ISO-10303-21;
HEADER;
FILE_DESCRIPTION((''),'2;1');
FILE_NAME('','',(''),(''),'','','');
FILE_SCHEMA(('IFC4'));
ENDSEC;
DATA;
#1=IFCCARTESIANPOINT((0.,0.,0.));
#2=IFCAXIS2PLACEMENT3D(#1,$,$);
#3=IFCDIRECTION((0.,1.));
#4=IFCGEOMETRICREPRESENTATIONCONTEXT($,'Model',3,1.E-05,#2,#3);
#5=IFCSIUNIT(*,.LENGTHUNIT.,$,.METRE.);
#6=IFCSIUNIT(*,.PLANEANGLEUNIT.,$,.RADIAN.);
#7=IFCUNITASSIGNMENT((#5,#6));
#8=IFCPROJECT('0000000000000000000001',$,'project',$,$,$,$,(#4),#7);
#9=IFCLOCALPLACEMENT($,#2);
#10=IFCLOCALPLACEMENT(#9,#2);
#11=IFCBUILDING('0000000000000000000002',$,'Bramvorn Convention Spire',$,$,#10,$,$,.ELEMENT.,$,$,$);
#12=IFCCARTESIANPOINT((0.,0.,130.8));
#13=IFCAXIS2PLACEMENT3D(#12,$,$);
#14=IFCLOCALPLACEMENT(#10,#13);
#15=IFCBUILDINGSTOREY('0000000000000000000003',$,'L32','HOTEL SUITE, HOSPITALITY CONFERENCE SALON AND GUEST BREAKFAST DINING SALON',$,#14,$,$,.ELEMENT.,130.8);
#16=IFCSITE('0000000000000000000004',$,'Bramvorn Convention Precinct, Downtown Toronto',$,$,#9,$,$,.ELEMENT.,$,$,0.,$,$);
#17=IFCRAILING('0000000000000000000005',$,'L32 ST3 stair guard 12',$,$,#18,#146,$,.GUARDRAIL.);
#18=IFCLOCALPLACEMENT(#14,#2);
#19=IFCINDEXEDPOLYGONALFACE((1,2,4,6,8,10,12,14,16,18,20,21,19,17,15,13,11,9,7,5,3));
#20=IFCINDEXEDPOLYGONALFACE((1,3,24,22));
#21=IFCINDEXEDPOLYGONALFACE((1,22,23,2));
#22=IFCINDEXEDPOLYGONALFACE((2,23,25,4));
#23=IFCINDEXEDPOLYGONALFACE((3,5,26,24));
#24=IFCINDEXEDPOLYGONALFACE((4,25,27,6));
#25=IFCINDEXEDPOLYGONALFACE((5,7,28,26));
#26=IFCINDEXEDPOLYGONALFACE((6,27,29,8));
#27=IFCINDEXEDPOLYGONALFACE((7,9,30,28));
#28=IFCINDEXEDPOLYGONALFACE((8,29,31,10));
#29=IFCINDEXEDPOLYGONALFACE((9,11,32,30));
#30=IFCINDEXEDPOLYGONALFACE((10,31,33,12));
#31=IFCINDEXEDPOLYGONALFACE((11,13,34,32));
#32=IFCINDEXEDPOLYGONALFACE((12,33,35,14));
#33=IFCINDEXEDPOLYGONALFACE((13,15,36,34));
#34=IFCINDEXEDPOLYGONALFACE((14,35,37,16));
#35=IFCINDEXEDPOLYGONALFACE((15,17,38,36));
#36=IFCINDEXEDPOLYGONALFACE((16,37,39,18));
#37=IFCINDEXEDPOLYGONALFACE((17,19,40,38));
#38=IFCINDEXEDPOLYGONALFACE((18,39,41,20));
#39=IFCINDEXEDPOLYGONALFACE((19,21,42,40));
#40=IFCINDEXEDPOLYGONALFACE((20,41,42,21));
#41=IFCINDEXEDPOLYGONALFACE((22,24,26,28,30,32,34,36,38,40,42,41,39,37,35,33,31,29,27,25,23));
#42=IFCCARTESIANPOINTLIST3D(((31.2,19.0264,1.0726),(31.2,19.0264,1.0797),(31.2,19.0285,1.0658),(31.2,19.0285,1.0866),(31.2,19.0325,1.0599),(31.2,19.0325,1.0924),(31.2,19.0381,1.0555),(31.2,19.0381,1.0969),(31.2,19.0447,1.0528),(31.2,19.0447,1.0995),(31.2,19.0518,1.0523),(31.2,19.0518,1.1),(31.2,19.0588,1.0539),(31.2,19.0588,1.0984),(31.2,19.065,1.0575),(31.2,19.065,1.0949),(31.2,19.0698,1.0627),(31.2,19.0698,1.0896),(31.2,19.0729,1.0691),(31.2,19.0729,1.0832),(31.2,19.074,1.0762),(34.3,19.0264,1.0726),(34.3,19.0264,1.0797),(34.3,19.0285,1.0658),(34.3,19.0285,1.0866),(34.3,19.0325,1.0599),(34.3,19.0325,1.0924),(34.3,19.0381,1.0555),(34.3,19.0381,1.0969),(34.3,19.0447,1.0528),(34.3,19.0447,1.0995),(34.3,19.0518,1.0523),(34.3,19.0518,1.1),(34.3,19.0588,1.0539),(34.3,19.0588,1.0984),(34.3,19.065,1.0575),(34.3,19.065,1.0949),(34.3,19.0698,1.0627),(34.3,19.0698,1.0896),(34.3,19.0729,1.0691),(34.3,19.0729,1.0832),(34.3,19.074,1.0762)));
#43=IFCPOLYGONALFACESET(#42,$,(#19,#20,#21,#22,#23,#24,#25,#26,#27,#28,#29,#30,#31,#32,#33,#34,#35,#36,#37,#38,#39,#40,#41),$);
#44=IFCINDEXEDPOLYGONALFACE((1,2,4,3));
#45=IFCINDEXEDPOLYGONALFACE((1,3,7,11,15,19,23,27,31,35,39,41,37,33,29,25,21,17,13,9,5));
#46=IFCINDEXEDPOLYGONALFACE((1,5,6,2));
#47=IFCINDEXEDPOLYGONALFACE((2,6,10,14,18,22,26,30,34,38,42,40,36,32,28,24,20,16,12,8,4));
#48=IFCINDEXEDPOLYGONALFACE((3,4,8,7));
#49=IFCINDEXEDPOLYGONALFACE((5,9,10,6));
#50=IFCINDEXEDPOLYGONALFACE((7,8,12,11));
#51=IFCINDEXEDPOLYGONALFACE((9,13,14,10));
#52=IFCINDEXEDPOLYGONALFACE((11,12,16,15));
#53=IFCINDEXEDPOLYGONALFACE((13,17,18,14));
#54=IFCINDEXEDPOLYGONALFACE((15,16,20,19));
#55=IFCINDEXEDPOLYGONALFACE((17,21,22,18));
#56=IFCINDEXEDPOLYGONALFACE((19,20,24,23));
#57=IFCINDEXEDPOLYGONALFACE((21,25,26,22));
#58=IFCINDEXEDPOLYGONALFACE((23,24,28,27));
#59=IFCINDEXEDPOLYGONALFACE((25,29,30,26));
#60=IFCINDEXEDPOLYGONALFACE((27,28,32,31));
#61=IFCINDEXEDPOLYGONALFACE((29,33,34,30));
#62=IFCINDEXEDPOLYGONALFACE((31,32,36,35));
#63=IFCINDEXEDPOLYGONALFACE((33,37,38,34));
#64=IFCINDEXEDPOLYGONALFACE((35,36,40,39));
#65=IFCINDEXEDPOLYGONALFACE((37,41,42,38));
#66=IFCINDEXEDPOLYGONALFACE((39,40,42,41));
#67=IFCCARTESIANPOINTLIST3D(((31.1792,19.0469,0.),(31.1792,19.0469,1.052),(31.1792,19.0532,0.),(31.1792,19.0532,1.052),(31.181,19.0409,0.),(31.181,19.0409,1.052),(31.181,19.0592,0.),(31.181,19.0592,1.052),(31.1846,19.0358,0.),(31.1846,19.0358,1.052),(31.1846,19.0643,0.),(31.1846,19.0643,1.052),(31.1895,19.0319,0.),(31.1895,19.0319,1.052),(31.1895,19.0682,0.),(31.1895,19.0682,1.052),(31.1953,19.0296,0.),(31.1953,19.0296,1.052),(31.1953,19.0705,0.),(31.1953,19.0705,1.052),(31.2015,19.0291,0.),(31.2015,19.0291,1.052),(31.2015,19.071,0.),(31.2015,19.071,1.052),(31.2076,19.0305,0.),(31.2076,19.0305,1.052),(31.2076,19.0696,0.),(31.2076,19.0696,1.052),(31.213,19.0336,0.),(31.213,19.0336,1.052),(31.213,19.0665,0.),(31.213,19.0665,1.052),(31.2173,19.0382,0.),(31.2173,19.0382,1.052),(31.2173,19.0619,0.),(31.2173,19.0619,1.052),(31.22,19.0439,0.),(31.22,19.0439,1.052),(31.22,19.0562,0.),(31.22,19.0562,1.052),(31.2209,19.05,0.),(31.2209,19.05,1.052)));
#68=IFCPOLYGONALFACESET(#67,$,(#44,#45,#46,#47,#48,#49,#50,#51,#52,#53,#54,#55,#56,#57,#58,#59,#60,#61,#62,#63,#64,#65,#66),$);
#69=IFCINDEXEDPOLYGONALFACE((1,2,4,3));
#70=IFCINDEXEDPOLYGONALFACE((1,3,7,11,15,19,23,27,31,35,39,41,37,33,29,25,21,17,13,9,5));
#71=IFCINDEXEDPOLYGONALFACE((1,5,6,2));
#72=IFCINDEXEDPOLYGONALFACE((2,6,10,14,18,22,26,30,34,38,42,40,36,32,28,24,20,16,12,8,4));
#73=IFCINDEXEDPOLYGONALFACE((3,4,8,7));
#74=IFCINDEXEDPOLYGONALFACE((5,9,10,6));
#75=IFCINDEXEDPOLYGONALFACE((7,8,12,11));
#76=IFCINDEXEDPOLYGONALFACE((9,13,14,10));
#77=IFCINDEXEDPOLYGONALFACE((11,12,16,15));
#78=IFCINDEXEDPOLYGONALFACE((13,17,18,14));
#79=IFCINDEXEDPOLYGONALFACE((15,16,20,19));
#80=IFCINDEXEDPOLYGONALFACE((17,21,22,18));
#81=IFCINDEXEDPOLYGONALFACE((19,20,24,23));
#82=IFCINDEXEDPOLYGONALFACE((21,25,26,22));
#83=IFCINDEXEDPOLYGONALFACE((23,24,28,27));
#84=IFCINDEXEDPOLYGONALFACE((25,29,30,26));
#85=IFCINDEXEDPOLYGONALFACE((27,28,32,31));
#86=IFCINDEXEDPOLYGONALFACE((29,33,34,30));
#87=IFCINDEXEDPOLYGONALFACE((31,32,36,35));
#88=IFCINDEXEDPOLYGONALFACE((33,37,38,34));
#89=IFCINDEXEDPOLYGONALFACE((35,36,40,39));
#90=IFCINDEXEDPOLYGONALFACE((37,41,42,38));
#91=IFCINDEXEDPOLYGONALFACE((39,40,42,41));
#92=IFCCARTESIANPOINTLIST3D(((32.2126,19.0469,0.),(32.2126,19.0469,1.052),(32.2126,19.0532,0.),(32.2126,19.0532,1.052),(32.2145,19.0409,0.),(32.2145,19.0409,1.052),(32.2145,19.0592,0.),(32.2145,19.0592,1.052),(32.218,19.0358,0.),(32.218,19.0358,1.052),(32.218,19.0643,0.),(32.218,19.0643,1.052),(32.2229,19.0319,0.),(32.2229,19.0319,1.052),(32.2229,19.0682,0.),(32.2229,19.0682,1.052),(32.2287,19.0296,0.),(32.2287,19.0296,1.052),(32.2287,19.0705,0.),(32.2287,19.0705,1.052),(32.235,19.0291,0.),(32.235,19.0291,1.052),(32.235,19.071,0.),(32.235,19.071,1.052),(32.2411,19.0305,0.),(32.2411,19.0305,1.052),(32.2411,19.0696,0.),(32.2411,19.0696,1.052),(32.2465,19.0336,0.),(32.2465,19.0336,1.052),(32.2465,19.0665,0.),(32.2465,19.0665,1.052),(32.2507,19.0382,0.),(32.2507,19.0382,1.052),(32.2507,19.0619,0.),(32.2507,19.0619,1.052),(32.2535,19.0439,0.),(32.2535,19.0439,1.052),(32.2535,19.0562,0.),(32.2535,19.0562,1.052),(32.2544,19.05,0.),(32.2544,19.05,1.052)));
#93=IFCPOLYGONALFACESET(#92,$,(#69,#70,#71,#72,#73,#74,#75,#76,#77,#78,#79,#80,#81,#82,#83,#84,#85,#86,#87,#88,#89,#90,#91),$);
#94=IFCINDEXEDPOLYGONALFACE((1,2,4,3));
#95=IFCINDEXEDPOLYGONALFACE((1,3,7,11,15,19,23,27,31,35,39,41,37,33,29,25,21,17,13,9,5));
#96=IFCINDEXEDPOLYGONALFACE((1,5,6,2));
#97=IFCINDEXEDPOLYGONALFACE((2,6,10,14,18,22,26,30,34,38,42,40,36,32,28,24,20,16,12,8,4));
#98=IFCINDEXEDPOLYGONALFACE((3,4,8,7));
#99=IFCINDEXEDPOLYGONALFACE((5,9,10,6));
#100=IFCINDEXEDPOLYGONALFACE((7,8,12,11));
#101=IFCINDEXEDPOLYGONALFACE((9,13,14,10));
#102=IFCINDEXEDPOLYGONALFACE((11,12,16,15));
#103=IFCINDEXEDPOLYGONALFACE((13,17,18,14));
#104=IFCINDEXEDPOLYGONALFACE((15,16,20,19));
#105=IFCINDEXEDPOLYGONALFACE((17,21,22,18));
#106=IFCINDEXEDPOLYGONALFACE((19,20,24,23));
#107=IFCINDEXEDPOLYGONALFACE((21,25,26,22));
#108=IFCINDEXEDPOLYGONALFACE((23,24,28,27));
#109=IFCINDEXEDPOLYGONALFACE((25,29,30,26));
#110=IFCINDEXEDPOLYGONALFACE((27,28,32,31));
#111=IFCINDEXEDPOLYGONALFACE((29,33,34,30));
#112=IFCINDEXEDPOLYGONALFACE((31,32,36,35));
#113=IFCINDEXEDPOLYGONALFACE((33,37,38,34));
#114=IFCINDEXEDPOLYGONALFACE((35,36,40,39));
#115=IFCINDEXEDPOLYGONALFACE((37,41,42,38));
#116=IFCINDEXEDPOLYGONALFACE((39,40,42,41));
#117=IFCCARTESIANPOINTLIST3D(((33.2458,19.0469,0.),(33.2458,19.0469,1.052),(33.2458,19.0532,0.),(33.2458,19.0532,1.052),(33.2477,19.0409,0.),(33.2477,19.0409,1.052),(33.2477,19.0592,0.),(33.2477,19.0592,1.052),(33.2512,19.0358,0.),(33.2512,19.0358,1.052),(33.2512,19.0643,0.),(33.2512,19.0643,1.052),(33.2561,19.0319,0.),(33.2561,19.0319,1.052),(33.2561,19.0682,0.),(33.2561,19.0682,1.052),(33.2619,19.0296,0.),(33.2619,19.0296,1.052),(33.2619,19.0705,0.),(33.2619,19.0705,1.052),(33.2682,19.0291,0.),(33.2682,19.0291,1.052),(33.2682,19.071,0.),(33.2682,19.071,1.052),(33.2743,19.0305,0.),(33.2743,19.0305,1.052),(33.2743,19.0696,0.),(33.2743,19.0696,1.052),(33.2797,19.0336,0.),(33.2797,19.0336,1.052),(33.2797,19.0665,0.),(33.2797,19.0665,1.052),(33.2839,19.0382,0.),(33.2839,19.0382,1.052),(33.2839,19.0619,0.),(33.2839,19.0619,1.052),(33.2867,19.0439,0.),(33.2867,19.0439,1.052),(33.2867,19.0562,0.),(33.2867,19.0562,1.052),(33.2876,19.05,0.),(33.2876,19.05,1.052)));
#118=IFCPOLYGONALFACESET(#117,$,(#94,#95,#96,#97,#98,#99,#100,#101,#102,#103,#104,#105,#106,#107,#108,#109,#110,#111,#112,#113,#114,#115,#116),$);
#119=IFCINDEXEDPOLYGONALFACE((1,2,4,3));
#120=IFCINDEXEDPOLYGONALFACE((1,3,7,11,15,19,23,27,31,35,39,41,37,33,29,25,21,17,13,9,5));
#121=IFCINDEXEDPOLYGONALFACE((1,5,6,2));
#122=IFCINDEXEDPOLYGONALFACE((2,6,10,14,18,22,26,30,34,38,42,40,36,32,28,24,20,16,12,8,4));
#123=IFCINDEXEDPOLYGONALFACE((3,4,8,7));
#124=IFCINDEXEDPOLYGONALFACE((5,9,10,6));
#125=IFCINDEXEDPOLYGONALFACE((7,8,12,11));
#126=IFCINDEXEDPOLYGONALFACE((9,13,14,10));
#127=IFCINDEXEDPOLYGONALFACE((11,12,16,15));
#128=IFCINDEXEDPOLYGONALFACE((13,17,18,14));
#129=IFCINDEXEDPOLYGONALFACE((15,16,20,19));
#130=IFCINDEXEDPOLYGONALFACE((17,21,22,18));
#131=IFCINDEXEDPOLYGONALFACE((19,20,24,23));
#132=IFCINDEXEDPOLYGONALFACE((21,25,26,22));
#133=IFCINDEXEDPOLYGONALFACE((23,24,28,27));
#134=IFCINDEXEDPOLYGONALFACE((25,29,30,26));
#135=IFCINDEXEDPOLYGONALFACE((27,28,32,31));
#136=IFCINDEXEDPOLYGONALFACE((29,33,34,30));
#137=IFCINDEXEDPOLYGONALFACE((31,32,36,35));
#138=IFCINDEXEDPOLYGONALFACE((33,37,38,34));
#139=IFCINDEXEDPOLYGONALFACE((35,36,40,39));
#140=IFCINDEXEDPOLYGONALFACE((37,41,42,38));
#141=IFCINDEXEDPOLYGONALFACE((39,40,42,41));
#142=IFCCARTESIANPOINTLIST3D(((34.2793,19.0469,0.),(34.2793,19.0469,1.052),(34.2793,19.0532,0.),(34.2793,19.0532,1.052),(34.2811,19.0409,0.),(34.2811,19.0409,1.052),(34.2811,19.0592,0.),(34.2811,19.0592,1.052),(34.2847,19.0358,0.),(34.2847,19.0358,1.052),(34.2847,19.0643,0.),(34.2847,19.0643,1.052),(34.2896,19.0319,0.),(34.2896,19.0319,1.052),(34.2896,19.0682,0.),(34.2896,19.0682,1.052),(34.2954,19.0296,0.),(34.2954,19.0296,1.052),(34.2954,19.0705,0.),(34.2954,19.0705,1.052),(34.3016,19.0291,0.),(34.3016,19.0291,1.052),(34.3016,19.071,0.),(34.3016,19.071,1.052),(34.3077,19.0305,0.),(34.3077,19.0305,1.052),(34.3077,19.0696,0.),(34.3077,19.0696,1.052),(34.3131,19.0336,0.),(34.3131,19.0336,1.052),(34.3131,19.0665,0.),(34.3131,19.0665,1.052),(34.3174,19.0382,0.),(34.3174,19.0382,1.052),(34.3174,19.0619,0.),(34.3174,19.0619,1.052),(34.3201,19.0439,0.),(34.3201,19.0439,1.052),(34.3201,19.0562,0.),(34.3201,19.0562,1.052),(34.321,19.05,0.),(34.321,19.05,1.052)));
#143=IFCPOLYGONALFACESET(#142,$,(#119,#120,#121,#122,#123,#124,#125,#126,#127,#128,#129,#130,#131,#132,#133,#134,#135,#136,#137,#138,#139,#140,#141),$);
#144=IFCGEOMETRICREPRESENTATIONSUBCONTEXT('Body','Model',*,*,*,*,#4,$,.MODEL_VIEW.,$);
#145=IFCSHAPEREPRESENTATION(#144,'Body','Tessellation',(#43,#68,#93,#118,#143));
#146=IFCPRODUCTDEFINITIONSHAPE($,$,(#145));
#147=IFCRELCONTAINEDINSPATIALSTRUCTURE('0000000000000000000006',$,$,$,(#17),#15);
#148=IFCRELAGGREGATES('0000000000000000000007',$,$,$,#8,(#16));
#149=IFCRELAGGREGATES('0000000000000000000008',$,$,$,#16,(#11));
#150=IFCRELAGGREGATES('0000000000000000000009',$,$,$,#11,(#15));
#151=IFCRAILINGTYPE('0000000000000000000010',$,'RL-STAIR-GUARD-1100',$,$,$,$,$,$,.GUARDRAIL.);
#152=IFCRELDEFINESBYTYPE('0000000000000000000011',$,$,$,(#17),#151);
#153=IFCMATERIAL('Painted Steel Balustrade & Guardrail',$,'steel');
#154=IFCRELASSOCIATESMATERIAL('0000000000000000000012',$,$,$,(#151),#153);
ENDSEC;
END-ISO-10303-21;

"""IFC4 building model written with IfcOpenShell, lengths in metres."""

from ifc_helpers import new_model, si_unit, direction, frame, origin, origin_2d, place, context, subcontext, project, spatial, circle, extrude, material, type_object, element, save


model = new_model("IFC4")

# Units and contexts
model_context = context("Model", 3, precision=1e-05, world=origin(), true_north=direction((0.0, 1.0)))
body_context = subcontext(model_context, "Body", "Model", "MODEL_VIEW")
ifc_project = project(units=[si_unit("LENGTHUNIT", "METRE"), si_unit("PLANEANGLEUNIT", "RADIAN")], contexts=[model_context])

# Site, building, storey
site_placement = place(None, origin())
site = spatial("IfcSite", under=ifc_project, at=site_placement, Name="Bramvorn Convention Precinct, Downtown Toronto", CompositionType="ELEMENT", RefElevation=0.0)
building_placement = place(site_placement, origin())
building = spatial("IfcBuilding", under=site, at=building_placement, Name="Bramvorn Convention Spire", CompositionType="ELEMENT")
storey_placement = place(building_placement, frame((0.0, 0.0, 130.8)))
storey = spatial("IfcBuildingStorey", under=building, at=storey_placement, Name="L32", Description="HOTEL SUITE, HOSPITALITY CONFERENCE SALON AND GUEST BREAKFAST DINING SALON", CompositionType="ELEMENT", Elevation=130.8)

# Railing
ifc_material_1 = material(Name="Painted Steel Balustrade & Guardrail", Category="steel")
railing_type_1 = type_object("IfcRailingType", Name="RL-STAIR-GUARD-1100", PredefinedType="GUARDRAIL", material=ifc_material_1)
railing_1_placement = place(storey_placement, frame((31.2, 19.05, 0.0)))
element("IfcRailing", 1, at=railing_1_placement, inside=storey, type_object=railing_type_1, Name="L32 ST3 stair guard 12", PredefinedType="GUARDRAIL", context=body_context, shape_type="SweptSolid", body=[
    extrude(circle(Radius=0.0239, at=origin_2d()), frame((0.0, 0.0, 1.0762), z_axis=(1.0, 0.0, 0.0), x_axis=(0.0, 1.0, 0.0)), (0.0, 0.0, 1.0), 3.1001),
    extrude(circle(Radius=0.021, at=origin_2d()), origin(), (0.0, 0.0, 1.0), 1.052),
    extrude(circle(Radius=0.021, at=origin_2d()), frame((1.0334, 0.0, 0.0)), (0.0, 0.0, 1.0), 1.052),
    extrude(circle(Radius=0.021, at=origin_2d()), frame((2.0667, 0.0, 0.0)), (0.0, 0.0, 1.0), 1.052),
    extrude(circle(Radius=0.021, at=origin_2d()), frame((3.1001, 0.0, 0.0)), (0.0, 0.0, 1.0), 1.052),
])

save(model, "model.ifc")
